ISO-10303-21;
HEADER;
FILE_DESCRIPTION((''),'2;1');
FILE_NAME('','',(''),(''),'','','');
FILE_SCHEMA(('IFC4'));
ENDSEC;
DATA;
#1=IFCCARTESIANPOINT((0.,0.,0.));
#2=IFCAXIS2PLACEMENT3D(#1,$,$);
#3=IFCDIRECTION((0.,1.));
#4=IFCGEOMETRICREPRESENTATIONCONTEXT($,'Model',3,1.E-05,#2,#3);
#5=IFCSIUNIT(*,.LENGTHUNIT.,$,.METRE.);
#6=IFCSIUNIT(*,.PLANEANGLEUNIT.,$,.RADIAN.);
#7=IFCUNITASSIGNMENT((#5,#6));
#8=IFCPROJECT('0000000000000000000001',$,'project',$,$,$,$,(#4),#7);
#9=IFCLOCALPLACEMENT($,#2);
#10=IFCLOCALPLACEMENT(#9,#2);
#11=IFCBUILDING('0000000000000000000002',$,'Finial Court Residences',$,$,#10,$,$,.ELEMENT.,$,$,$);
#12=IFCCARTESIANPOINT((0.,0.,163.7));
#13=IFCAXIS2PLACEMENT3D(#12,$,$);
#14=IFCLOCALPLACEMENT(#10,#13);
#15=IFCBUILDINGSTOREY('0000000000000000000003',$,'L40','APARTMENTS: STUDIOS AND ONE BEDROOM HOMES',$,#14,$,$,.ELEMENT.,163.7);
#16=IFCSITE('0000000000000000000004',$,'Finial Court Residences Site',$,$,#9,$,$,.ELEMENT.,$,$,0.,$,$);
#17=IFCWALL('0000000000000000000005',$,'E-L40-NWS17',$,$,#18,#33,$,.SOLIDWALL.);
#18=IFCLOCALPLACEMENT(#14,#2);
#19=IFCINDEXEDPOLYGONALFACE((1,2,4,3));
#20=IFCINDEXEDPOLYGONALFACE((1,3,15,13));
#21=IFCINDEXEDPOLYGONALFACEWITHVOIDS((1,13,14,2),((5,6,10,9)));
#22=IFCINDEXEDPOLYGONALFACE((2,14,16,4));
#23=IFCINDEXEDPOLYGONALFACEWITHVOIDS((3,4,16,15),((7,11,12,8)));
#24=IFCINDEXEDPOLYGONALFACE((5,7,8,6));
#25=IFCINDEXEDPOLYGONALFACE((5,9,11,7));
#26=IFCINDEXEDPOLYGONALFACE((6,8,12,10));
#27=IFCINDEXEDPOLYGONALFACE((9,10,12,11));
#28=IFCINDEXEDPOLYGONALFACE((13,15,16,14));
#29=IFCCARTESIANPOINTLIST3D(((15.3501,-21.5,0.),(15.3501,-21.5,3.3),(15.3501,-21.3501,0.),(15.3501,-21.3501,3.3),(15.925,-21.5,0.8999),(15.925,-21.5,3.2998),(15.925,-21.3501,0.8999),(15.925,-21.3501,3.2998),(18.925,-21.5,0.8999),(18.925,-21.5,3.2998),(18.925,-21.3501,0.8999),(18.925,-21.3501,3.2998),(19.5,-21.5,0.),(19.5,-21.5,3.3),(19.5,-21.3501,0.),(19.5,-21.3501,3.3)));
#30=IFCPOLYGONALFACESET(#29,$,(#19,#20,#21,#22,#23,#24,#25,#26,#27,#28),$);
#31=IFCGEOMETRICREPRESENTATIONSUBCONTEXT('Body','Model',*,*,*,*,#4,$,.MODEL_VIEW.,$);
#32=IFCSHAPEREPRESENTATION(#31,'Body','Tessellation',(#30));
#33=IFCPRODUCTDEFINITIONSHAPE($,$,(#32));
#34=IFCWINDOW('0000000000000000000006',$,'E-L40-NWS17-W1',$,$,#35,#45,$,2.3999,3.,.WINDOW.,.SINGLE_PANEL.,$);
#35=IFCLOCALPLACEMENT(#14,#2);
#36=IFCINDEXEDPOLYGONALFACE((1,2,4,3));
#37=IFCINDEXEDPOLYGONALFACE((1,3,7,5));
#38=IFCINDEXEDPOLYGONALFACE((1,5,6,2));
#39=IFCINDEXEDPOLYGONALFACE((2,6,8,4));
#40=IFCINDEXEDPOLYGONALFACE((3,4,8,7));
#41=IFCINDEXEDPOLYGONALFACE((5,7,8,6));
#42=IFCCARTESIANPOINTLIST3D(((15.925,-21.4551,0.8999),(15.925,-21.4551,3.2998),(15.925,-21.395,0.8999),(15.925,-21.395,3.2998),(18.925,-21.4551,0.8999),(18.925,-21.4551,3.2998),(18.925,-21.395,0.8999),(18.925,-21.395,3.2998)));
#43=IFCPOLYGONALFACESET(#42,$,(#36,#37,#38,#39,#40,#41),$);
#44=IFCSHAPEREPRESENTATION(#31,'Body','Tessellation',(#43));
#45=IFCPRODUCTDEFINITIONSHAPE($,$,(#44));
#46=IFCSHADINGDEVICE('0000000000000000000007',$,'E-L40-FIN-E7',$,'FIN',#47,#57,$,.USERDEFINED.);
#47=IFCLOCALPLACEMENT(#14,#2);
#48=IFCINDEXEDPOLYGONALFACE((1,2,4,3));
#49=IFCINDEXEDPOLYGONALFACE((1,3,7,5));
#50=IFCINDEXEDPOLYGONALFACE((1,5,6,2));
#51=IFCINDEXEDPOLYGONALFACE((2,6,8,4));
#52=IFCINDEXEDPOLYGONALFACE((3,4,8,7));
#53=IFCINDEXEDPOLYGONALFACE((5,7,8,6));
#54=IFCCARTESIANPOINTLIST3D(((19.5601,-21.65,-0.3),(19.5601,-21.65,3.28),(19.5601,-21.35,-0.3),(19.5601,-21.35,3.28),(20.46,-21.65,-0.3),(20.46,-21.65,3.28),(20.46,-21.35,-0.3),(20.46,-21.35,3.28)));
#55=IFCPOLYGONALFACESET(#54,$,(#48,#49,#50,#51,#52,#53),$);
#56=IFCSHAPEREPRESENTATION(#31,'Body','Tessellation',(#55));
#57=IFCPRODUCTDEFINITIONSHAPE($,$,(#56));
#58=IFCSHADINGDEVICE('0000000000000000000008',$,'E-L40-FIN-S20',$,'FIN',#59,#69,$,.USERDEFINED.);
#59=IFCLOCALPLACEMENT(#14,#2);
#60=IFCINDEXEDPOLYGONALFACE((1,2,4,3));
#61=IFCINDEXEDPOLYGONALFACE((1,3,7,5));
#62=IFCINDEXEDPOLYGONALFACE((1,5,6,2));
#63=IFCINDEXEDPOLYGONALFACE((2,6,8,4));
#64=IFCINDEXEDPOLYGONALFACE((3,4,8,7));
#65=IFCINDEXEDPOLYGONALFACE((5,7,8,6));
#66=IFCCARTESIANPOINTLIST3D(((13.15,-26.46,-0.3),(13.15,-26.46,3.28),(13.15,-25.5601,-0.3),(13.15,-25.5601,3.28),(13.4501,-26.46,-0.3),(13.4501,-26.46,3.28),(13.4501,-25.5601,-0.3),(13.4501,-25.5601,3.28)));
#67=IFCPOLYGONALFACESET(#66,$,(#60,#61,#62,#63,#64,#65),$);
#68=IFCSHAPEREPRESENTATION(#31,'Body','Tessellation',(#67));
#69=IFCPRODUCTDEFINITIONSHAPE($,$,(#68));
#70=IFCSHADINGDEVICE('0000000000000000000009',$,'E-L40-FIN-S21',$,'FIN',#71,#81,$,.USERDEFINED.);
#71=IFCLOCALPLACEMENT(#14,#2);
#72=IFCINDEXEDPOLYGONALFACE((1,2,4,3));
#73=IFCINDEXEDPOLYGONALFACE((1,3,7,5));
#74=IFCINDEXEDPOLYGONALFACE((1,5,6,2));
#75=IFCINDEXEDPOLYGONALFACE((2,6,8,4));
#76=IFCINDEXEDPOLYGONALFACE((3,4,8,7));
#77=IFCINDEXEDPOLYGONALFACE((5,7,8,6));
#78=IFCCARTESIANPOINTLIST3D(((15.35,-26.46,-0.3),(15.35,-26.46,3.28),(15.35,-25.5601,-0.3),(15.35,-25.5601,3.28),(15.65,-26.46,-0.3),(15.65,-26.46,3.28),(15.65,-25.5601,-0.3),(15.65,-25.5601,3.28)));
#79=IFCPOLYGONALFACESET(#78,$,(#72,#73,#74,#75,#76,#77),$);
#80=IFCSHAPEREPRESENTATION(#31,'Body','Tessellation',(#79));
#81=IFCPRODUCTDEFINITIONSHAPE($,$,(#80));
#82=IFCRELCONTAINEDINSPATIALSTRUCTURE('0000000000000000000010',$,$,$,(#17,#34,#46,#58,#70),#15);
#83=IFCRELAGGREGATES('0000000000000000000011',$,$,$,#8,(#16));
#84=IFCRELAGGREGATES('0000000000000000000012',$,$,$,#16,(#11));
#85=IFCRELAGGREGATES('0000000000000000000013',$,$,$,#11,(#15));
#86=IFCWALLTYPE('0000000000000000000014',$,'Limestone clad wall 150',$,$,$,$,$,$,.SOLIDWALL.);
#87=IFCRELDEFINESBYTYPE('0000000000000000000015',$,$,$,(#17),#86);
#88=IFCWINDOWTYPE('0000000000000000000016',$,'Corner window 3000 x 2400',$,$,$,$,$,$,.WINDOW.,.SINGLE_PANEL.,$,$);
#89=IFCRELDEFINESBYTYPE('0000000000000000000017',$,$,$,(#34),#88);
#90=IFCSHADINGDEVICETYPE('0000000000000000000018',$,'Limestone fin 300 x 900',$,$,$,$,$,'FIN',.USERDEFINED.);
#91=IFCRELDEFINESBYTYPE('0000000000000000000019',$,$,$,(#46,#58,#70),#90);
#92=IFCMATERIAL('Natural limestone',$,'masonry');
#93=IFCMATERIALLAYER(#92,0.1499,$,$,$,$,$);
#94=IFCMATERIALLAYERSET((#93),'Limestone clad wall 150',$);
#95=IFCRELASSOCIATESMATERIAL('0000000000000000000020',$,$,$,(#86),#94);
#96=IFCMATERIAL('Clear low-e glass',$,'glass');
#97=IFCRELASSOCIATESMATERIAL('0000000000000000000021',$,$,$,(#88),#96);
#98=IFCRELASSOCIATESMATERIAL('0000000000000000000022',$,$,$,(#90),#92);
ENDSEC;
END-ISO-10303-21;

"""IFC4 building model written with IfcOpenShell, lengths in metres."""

from ifc_helpers import new_model, si_unit, direction, frame, frame_2d, origin, origin_2d, place, context, subcontext, project, spatial, rectangle, extrude, material, layer, layer_set, type_object, element, fill, save


model = new_model("IFC4")

# Units and contexts
model_context = context("Model", 3, precision=1e-05, world=origin(), true_north=direction((0.0, 1.0)))
body_context = subcontext(model_context, "Body", "Model", "MODEL_VIEW")
ifc_project = project(units=[si_unit("LENGTHUNIT", "METRE"), si_unit("PLANEANGLEUNIT", "RADIAN")], contexts=[model_context])

# Site, building, storey
site_placement = place(None, origin())
site = spatial("IfcSite", under=ifc_project, at=site_placement, Name="Finial Court Residences Site", CompositionType="ELEMENT", RefElevation=0.0)
building_placement = place(site_placement, origin())
building = spatial("IfcBuilding", under=site, at=building_placement, Name="Finial Court Residences", CompositionType="ELEMENT")
storey_placement = place(building_placement, frame((0.0, 0.0, 163.7)))
storey = spatial("IfcBuildingStorey", under=building, at=storey_placement, Name="L40", Description="APARTMENTS: STUDIOS AND ONE BEDROOM HOMES", CompositionType="ELEMENT", Elevation=163.7)

# Shared definitions
ifc_material_1 = material(Name="Clear low-e glass", Category="glass")

# Wall, opening, window
ifc_material_2 = material(Name="Natural limestone", Category="masonry")
ifc_layer_1 = layer(ifc_material_2, 0.1499)
ifc_layer_set_1 = layer_set([ifc_layer_1], Name="Limestone clad wall 150")
wall_type_1 = type_object("IfcWallType", Name="Limestone clad wall 150", PredefinedType="SOLIDWALL", material=ifc_layer_set_1)
wall_1_placement = place(storey_placement, frame((19.5, -21.425, 0.0), z_axis=(0.0, 0.0, 1.0), x_axis=(-1.0, 0.0, 0.0)))
wall_1 = element("IfcWall", 1, at=wall_1_placement, inside=storey, type_object=wall_type_1, Name="E-L40-NWS17", PredefinedType="SOLIDWALL", context=body_context, shape_type="SweptSolid", body=[
    extrude(rectangle(XDim=4.1499, YDim=0.1499, at=frame_2d((2.075, 0.0))), origin(), (0.0, 0.0, 1.0), 3.3),
])
opening_1_placement = place(wall_1_placement, frame((0.575, 0.0, 0.8999)))
opening_1 = element("IfcOpeningElement", 2, at=opening_1_placement, cuts=wall_1, PredefinedType="OPENING", context=body_context, shape_type="SweptSolid", body=[
    extrude(rectangle(XDim=3.0, YDim=2.3999, at=frame_2d((1.5, 1.2))), frame((0.0, 0.085, 0.0), z_axis=(0.0, -1.0, 0.0), x_axis=(1.0, 0.0, 0.0)), (0.0, 0.0, 1.0), 0.1699),
])
window_type_1 = type_object("IfcWindowType", Name="Corner window 3000 x 2400", PartitioningType="SINGLE_PANEL", PredefinedType="WINDOW", material=ifc_material_1)
window_1_placement = place(opening_1_placement, origin())
window_1 = element("IfcWindow", 3, at=window_1_placement, inside=storey, type_object=window_type_1, Name="E-L40-NWS17-W1", OverallHeight=2.3999, OverallWidth=3.0, PartitioningType="SINGLE_PANEL", PredefinedType="WINDOW", context=body_context, shape_type="SweptSolid", body=[
    extrude(rectangle(XDim=3.0, YDim=2.3999, at=frame_2d((1.5, 1.2))), frame((0.0, 0.03, 0.0), z_axis=(0.0, -1.0, 0.0), x_axis=(1.0, 0.0, 0.0)), (0.0, 0.0, 1.0), 0.0601),
])
fill(opening_1, window_1)

# Shading devices
shading_device_type = type_object("IfcShadingDeviceType", Name="Limestone fin 300 x 900", ElementType="FIN", PredefinedType="USERDEFINED", material=ifc_material_2)
shading_device_placement = place(storey_placement, frame((20.01, -21.5, -0.3), z_axis=(0.0, 0.0, 1.0), x_axis=(1.0, 0.0, 0.0)))
element("IfcShadingDevice", 4, at=shading_device_placement, inside=storey, type_object=shading_device_type, Name="E-L40-FIN-E7", ObjectType="FIN", PredefinedType="USERDEFINED", context=body_context, shape_type="SweptSolid", body=[
    extrude(rectangle(XDim=0.8999, YDim=0.3, at=origin_2d()), origin(), (0.0, 0.0, 1.0), 3.5801),
])
for number, where, z_axis, x_axis, name in (
    (5, (13.3, -26.01, -0.3), (0.0, 0.0, 1.0), (1.0, 0.0, 0.0), "E-L40-FIN-S20"),
    (6, (15.5, -26.01, -0.3), (0.0, 0.0, 1.0), (1.0, 0.0, 0.0), "E-L40-FIN-S21"),
):
    element("IfcShadingDevice", number, at=place(storey_placement, frame(where, z_axis=z_axis, x_axis=x_axis)), inside=storey, type_object=shading_device_type, Name=name, ObjectType="FIN", PredefinedType="USERDEFINED", context=body_context, shape_type="SweptSolid", body=[
        extrude(rectangle(XDim=0.3, YDim=0.8999, at=origin_2d()), origin(), (0.0, 0.0, 1.0), 3.5801),
    ])

save(model, "model.ifc")
